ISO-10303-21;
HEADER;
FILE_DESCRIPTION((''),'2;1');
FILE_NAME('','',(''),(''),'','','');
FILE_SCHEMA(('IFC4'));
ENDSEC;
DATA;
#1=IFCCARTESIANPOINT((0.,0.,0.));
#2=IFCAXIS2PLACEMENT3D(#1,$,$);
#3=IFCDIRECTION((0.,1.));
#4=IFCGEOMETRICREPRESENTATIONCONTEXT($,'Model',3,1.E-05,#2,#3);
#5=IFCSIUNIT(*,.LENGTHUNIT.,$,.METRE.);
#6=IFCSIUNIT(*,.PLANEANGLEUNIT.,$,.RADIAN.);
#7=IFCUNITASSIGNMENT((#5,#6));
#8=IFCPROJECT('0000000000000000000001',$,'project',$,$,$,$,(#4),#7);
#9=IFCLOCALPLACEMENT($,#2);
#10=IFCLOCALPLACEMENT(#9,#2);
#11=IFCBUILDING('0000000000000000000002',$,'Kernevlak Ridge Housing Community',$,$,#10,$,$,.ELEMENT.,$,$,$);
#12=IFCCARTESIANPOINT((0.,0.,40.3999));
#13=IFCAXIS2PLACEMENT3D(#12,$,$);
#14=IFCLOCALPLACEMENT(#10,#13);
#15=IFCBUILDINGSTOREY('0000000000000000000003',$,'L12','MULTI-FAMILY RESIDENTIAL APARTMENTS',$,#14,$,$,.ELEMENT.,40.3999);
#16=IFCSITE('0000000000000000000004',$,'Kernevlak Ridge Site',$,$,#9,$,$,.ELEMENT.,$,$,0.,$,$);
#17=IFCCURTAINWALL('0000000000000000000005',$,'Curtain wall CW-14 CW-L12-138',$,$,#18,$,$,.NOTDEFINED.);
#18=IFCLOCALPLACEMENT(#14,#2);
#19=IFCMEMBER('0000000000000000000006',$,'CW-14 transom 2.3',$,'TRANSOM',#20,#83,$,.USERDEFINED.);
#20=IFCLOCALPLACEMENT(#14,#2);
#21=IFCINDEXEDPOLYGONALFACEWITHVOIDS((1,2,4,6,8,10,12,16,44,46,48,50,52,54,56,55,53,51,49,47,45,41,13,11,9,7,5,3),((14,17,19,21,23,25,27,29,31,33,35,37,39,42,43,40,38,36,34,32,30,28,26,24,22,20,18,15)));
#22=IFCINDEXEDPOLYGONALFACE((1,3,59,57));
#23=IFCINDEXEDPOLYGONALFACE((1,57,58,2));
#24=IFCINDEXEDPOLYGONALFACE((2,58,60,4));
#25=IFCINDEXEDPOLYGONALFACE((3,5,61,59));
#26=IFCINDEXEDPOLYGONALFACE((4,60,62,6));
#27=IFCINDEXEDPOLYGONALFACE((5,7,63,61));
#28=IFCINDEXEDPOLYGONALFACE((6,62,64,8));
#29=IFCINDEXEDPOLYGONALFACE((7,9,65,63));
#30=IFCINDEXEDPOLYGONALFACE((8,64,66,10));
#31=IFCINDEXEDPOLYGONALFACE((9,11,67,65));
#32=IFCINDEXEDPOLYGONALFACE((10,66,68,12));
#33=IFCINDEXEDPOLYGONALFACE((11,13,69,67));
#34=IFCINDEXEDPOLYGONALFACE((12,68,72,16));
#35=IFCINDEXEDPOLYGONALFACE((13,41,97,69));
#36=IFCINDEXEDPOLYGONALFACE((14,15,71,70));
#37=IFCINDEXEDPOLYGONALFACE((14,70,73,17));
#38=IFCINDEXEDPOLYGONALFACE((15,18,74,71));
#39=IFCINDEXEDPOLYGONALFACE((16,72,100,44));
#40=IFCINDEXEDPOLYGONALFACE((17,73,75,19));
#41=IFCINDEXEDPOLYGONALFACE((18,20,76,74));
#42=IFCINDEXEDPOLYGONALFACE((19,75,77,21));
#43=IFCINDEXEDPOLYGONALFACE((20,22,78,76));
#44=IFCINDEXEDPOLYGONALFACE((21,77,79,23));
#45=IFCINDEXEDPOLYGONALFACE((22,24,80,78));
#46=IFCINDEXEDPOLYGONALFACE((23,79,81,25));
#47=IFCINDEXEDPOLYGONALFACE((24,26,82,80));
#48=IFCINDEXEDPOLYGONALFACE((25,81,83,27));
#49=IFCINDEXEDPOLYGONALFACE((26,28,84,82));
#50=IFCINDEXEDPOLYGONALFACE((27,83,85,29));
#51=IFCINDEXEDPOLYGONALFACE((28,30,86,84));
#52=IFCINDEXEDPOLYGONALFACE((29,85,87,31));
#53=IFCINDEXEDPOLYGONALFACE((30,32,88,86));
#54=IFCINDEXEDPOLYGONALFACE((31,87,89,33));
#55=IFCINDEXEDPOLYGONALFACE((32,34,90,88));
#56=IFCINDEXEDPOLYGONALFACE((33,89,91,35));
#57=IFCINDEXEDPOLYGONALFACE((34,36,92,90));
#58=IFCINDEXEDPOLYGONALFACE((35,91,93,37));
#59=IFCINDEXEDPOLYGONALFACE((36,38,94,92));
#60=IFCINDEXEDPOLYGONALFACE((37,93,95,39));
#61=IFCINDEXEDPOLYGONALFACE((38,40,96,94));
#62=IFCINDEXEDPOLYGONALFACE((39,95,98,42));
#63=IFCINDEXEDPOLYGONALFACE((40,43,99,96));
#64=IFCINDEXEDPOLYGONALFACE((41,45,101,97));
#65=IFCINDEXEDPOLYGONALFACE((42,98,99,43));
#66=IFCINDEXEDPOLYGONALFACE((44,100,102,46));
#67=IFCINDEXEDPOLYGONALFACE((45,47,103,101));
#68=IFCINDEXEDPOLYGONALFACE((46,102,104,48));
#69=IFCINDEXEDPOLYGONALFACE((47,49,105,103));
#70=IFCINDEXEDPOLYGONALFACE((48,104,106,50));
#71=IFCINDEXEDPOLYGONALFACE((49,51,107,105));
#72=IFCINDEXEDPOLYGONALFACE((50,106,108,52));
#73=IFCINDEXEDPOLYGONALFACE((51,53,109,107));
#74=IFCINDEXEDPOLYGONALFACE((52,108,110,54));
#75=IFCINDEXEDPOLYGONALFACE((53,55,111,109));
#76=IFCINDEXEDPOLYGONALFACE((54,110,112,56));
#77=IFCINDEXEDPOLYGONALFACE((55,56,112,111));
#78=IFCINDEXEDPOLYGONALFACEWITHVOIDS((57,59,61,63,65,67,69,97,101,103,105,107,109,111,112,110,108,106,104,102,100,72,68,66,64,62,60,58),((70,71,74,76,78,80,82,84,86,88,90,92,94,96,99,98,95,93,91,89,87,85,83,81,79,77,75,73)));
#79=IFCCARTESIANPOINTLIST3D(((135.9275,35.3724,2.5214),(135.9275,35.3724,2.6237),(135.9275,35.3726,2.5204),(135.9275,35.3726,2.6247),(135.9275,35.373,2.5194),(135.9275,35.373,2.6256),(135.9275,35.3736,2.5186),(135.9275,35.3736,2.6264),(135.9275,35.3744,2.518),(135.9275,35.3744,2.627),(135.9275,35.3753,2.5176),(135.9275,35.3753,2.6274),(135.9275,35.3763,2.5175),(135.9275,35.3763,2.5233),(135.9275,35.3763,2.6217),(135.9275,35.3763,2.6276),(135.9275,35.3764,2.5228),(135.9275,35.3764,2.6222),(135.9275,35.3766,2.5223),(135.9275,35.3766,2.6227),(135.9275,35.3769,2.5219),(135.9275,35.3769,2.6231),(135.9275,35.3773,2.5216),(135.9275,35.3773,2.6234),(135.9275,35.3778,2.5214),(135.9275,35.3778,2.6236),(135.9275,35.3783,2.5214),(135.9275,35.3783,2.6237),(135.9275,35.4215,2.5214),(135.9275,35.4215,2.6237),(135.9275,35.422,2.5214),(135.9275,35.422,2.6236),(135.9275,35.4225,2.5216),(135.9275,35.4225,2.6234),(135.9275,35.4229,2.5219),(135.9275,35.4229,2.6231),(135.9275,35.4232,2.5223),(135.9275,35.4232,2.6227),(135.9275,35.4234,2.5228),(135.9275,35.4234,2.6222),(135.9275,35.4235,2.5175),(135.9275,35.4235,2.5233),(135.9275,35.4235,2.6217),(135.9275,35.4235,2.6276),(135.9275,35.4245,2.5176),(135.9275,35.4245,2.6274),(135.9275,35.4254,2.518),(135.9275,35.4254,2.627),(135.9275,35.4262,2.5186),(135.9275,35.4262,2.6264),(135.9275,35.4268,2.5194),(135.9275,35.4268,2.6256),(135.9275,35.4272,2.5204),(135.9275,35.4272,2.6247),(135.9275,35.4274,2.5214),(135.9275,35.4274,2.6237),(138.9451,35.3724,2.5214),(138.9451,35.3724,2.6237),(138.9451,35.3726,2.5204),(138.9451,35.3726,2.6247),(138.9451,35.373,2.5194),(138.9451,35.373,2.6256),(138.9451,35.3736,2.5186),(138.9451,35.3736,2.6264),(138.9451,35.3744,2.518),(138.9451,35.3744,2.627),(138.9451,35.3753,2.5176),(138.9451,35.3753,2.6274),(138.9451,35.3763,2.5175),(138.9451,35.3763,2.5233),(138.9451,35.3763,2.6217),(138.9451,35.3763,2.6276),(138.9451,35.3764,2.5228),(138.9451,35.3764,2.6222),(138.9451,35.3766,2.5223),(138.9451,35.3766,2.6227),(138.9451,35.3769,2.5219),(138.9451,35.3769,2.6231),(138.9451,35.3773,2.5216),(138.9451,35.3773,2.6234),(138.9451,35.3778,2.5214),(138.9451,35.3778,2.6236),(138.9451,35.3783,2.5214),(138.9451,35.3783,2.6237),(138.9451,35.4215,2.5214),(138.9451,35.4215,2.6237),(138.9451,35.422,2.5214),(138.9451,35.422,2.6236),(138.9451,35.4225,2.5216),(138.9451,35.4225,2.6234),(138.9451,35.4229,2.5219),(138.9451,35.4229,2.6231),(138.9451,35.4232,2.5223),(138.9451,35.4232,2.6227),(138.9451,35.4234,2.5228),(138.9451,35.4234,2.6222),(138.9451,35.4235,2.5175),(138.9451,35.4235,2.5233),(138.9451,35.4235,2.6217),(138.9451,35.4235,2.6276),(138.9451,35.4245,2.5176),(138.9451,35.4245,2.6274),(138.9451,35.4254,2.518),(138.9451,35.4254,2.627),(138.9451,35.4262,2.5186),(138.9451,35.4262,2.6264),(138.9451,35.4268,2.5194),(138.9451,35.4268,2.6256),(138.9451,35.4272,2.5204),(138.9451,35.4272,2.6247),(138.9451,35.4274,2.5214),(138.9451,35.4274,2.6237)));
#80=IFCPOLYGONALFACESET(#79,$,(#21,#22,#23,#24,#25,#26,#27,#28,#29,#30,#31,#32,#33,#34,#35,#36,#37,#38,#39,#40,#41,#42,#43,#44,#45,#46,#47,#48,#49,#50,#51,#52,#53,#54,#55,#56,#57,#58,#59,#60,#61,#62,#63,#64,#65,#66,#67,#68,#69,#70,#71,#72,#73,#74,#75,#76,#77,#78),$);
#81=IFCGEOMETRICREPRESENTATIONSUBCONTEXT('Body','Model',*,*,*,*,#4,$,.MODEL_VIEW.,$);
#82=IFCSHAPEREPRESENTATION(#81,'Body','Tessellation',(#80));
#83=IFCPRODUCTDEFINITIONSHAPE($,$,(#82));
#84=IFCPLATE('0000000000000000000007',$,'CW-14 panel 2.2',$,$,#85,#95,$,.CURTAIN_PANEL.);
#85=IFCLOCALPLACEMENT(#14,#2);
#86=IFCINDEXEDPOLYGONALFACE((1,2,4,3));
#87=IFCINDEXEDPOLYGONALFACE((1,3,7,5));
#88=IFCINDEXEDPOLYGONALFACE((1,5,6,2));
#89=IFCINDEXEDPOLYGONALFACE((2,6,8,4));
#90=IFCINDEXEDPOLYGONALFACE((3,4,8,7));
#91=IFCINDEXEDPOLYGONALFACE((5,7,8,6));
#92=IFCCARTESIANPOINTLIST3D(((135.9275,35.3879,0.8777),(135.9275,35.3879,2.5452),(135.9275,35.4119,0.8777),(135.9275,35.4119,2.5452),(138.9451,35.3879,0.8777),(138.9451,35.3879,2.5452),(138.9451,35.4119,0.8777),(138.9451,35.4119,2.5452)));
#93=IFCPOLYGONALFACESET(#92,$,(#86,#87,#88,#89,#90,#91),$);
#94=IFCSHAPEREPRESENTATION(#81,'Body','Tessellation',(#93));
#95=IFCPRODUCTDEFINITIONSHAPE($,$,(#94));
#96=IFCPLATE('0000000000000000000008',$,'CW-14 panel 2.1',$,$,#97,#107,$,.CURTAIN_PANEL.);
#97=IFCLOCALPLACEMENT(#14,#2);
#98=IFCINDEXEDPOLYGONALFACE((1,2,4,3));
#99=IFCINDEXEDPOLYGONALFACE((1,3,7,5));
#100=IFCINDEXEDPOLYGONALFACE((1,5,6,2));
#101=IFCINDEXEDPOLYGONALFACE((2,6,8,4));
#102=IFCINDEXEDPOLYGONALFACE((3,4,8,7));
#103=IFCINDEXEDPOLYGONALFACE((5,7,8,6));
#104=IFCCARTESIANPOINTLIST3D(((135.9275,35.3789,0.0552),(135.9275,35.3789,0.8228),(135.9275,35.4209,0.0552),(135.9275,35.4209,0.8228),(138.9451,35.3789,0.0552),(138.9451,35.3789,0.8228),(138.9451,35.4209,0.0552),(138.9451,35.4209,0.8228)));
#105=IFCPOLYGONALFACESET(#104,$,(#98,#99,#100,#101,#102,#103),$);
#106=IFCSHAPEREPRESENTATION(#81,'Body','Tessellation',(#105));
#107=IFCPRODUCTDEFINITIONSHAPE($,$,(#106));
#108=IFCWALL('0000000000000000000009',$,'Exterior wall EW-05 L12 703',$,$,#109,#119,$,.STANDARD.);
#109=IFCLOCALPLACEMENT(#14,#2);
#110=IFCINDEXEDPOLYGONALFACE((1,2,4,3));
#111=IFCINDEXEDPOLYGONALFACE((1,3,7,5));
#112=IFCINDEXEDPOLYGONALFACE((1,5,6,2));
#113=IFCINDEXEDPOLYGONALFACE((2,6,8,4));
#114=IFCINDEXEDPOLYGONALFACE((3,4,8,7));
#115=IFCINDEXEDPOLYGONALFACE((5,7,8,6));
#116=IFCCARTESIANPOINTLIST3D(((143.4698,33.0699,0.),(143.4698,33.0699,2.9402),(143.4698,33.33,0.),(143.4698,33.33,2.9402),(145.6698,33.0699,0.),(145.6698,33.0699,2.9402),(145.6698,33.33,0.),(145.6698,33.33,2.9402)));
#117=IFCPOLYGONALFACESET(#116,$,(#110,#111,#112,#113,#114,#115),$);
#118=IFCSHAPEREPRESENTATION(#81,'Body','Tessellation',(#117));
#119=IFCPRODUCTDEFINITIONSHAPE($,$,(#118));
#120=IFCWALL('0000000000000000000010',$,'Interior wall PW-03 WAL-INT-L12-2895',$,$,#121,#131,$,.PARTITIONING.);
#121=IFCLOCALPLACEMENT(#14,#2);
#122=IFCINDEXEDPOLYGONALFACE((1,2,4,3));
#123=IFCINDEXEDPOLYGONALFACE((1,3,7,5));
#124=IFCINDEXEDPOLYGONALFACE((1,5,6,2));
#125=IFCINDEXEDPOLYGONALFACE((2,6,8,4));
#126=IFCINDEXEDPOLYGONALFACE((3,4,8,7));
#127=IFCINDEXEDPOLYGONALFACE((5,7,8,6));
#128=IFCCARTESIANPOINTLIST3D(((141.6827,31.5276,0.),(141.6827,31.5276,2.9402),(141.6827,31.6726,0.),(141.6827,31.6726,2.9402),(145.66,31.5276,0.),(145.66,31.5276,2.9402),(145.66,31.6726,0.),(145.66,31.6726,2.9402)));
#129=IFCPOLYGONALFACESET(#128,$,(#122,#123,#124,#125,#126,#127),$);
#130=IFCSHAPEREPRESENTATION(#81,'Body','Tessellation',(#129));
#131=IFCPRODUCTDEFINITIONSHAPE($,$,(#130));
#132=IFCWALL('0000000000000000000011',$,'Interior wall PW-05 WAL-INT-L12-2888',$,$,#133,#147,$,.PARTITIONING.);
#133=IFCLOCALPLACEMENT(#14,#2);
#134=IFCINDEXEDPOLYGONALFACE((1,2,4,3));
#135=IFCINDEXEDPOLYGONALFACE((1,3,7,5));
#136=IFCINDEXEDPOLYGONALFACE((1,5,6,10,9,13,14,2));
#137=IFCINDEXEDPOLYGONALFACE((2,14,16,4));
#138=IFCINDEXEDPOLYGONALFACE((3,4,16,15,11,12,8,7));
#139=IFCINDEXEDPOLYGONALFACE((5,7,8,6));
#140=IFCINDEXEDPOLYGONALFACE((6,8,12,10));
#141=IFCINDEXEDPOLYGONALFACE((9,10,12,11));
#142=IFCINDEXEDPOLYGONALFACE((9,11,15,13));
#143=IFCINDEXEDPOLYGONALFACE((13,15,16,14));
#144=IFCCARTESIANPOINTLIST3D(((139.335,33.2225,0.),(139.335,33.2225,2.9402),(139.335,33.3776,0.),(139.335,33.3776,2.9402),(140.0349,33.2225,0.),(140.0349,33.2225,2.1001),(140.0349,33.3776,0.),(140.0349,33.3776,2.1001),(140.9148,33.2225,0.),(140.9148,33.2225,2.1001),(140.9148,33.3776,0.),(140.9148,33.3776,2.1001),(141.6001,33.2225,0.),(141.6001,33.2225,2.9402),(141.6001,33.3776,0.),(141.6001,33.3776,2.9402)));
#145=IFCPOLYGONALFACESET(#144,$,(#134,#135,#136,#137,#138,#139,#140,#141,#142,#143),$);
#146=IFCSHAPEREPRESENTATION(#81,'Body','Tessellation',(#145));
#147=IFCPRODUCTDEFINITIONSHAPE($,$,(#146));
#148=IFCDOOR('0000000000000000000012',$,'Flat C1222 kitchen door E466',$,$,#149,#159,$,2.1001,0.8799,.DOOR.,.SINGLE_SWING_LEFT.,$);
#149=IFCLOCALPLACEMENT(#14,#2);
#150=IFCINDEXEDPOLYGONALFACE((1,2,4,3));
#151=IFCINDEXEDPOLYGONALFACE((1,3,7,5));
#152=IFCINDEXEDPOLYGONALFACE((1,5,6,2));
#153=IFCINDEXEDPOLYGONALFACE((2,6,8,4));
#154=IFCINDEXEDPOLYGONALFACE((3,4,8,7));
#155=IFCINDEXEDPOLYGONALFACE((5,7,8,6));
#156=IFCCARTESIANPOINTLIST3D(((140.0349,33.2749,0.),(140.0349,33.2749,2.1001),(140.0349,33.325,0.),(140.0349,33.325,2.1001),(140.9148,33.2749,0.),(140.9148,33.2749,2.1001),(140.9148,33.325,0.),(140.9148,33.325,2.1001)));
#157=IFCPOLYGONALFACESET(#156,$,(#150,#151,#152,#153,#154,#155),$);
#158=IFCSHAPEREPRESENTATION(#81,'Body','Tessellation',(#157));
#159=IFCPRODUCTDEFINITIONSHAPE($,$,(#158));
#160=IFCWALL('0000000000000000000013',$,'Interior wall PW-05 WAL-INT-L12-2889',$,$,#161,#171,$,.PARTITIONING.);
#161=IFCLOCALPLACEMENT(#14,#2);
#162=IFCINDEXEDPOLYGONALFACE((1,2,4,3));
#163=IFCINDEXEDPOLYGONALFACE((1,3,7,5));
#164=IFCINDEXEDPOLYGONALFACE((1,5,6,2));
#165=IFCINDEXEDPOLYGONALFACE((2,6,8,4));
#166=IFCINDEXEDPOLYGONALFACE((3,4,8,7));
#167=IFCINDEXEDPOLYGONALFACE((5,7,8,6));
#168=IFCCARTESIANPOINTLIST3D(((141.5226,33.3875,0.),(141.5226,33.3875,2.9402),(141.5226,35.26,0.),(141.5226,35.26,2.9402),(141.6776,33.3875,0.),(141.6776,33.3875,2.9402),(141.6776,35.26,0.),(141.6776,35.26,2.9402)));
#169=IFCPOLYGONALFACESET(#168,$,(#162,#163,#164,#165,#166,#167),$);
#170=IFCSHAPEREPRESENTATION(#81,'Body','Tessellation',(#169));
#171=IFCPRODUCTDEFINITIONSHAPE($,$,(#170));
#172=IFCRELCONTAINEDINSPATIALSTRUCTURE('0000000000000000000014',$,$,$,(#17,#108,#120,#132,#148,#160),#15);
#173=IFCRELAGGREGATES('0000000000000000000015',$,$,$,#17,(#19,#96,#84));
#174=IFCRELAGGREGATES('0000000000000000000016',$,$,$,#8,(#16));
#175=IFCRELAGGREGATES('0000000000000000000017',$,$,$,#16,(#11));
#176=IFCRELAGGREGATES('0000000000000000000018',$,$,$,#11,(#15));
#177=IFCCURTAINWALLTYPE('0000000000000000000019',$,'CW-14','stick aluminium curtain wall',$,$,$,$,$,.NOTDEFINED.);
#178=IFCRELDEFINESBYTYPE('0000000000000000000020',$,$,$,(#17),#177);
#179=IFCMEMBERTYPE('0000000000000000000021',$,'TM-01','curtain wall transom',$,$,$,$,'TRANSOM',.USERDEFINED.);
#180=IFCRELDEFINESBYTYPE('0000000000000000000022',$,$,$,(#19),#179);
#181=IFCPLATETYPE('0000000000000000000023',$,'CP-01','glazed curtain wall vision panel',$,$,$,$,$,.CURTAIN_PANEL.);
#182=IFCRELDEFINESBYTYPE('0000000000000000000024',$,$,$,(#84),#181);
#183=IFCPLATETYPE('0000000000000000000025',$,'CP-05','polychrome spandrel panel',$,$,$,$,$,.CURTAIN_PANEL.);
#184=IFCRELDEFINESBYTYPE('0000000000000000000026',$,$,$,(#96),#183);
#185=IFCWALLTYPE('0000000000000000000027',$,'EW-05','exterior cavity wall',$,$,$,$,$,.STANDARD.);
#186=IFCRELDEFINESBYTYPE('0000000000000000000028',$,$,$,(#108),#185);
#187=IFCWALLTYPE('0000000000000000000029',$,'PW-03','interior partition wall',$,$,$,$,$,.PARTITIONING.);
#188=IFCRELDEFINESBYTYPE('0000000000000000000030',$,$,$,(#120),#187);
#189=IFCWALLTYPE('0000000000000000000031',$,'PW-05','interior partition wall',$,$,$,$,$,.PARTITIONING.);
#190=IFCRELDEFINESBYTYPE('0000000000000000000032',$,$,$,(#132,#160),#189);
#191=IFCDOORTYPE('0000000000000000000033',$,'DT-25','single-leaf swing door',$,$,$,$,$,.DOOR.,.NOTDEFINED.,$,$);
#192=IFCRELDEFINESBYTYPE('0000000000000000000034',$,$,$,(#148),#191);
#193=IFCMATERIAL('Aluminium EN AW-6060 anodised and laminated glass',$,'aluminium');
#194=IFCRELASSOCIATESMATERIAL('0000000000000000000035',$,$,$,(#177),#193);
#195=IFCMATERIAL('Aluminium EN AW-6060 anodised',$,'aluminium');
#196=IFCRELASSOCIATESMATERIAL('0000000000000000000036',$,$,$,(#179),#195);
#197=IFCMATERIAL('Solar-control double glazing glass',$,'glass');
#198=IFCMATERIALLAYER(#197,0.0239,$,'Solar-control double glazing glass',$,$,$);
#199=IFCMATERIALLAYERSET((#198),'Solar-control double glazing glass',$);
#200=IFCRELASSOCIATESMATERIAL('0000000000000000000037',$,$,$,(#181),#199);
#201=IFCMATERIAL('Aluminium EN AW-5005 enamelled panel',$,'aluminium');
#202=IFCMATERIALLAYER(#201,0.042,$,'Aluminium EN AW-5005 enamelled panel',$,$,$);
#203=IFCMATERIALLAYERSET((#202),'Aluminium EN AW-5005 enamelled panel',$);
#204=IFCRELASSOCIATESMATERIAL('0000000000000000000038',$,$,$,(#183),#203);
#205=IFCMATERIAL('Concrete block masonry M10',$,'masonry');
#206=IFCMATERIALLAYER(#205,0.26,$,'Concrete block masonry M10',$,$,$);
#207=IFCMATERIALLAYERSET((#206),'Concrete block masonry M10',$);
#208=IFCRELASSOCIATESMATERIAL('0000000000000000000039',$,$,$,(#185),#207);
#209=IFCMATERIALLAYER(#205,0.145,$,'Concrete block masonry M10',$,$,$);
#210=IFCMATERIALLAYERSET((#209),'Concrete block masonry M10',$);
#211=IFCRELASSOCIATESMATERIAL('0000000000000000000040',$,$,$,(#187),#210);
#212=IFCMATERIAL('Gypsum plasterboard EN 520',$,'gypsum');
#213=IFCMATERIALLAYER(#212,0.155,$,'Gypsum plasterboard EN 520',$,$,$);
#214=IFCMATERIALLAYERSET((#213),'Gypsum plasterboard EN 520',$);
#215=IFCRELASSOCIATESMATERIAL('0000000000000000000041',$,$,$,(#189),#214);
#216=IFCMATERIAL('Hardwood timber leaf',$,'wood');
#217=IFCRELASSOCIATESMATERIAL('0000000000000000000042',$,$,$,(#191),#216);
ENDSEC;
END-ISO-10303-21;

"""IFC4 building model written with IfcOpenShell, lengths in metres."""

from ifc_helpers import new_model, si_unit, direction, frame, frame_2d, origin, origin_2d, place, context, subcontext, project, spatial, rectangle, hollow_rectangle, extrude, material, layer, layer_set, material_profile, profile_set, type_object, element, fill, aggregate, save


model = new_model("IFC4")

# Units and contexts
model_context = context("Model", 3, precision=1e-05, world=origin(), true_north=direction((0.0, 1.0)))
body_context = subcontext(model_context, "Body", "Model", "MODEL_VIEW")
ifc_project = project(units=[si_unit("LENGTHUNIT", "METRE"), si_unit("PLANEANGLEUNIT", "RADIAN")], contexts=[model_context])

# Site, building, storey
site_placement = place(None, origin())
site = spatial("IfcSite", under=ifc_project, at=site_placement, Name="Kernevlak Ridge Site", CompositionType="ELEMENT", RefElevation=0.0)
building_placement = place(site_placement, origin())
building = spatial("IfcBuilding", under=site, at=building_placement, Name="Kernevlak Ridge Housing Community", CompositionType="ELEMENT")
storey_placement = place(building_placement, frame((0.0, 0.0, 40.3999)))
storey = spatial("IfcBuildingStorey", under=building, at=storey_placement, Name="L12", Description="MULTI-FAMILY RESIDENTIAL APARTMENTS", CompositionType="ELEMENT", Elevation=40.3999)

# Curtain wall
ifc_material_1 = material(Name="Aluminium EN AW-6060 anodised and laminated glass", Category="aluminium")
curtain_wall_type = type_object("IfcCurtainWallType", Name="CW-14", Description="stick aluminium curtain wall", PredefinedType="NOTDEFINED", material=ifc_material_1)
curtain_wall_placement = place(storey_placement, origin())
curtain_wall = element("IfcCurtainWall", 1, at=curtain_wall_placement, inside=storey, type_object=curtain_wall_type, Name="Curtain wall CW-14 CW-L12-138", PredefinedType="NOTDEFINED")
ifc_material_2 = material(Name="Aluminium EN AW-6060 anodised", Category="aluminium")

# Member
ifc_material_profile_1 = material_profile(ifc_material_2, hollow_rectangle(XDim=0.0549, YDim=0.1101, WallThickness=0.0039, InnerFilletRadius=0.002, OuterFilletRadius=0.0039, at=origin_2d()), Name="ALU 55x110x4")
ifc_profile_set_1 = profile_set([ifc_material_profile_1], Name="Aluminium EN AW-6060 anodised")
member_type_1 = type_object("IfcMemberType", Name="TM-01", Description="curtain wall transom", ElementType="TRANSOM", PredefinedType="USERDEFINED", material=ifc_profile_set_1)
member_1_placement = place(storey_placement, frame((135.9275, 35.3999, 2.5725), z_axis=(1.0, 0.0, 0.0), x_axis=(0.0, 1.0, 0.0)))
member_1 = element("IfcMember", 2, at=member_1_placement, type_object=member_type_1, Name="CW-14 transom 2.3", ObjectType="TRANSOM", PredefinedType="USERDEFINED", context=body_context, shape_type="SweptSolid", body=[
    extrude(hollow_rectangle(XDim=0.0549, YDim=0.1101, WallThickness=0.0039, InnerFilletRadius=0.002, OuterFilletRadius=0.0039, at=origin_2d()), origin(), (0.0, 0.0, 1.0), 3.0176),
])

# Plates
ifc_material_3 = material(Name="Solar-control double glazing glass", Category="glass")
ifc_layer_1 = layer(ifc_material_3, 0.0239, Name="Solar-control double glazing glass")
ifc_layer_set_1 = layer_set([ifc_layer_1], Name="Solar-control double glazing glass")
plate_type_1 = type_object("IfcPlateType", Name="CP-01", Description="glazed curtain wall vision panel", PredefinedType="CURTAIN_PANEL", material=ifc_layer_set_1)
plate_1_placement = place(storey_placement, frame((137.4363, 35.3999, 0.8777), z_axis=(0.0, 0.0, 1.0), x_axis=(1.0, 0.0, 0.0)))
plate_1 = element("IfcPlate", 3, at=plate_1_placement, type_object=plate_type_1, Name="CW-14 panel 2.2", PredefinedType="CURTAIN_PANEL", context=body_context, shape_type="SweptSolid", body=[
    extrude(rectangle(XDim=3.0176, YDim=0.0239, at=origin_2d()), origin(), (0.0, 0.0, 1.0), 1.6675),
])
ifc_material_4 = material(Name="Aluminium EN AW-5005 enamelled panel", Category="aluminium")
ifc_layer_2 = layer(ifc_material_4, 0.042, Name="Aluminium EN AW-5005 enamelled panel")
ifc_layer_set_2 = layer_set([ifc_layer_2], Name="Aluminium EN AW-5005 enamelled panel")
plate_type_2 = type_object("IfcPlateType", Name="CP-05", Description="polychrome spandrel panel", PredefinedType="CURTAIN_PANEL", material=ifc_layer_set_2)
plate_2_placement = place(storey_placement, frame((137.4363, 35.3999, 0.0552), z_axis=(0.0, 0.0, 1.0), x_axis=(1.0, 0.0, 0.0)))
plate_2 = element("IfcPlate", 4, at=plate_2_placement, type_object=plate_type_2, Name="CW-14 panel 2.1", PredefinedType="CURTAIN_PANEL", context=body_context, shape_type="SweptSolid", body=[
    extrude(rectangle(XDim=3.0176, YDim=0.042, at=origin_2d()), origin(), (0.0, 0.0, 1.0), 0.7676),
])
aggregate(curtain_wall, [member_1, plate_2, plate_1])

# Wall
ifc_material_5 = material(Name="Concrete block masonry M10", Category="masonry")
ifc_layer_3 = layer(ifc_material_5, 0.26, Name="Concrete block masonry M10")
ifc_layer_set_3 = layer_set([ifc_layer_3], Name="Concrete block masonry M10")
wall_type_1 = type_object("IfcWallType", Name="EW-05", Description="exterior cavity wall", PredefinedType="STANDARD", material=ifc_layer_set_3)
wall_1_placement = place(storey_placement, frame((145.6699, 33.2, 0.0), z_axis=(0.0, 0.0, 1.0), x_axis=(-1.0, 0.0, 0.0)))
element("IfcWall", 5, at=wall_1_placement, inside=storey, type_object=wall_type_1, Name="Exterior wall EW-05 L12 703", PredefinedType="STANDARD", context=body_context, shape_type="SweptSolid", body=[
    extrude(rectangle(XDim=2.2, YDim=0.26, at=frame_2d((1.1001, 0.0))), origin(), (0.0, 0.0, 1.0), 2.9402),
])

# Wall
ifc_layer_4 = layer(ifc_material_5, 0.145, Name="Concrete block masonry M10")
ifc_layer_set_4 = layer_set([ifc_layer_4], Name="Concrete block masonry M10")
wall_type_2 = type_object("IfcWallType", Name="PW-03", Description="interior partition wall", PredefinedType="PARTITIONING", material=ifc_layer_set_4)
wall_2_placement = place(storey_placement, frame((141.6826, 31.6001, 0.0), z_axis=(0.0, 0.0, 1.0), x_axis=(1.0, 0.0, 0.0)))
element("IfcWall", 6, at=wall_2_placement, inside=storey, type_object=wall_type_2, Name="Interior wall PW-03 WAL-INT-L12-2895", PredefinedType="PARTITIONING", context=body_context, shape_type="SweptSolid", body=[
    extrude(rectangle(XDim=3.9773, YDim=0.145, at=frame_2d((1.9888, 0.0))), origin(), (0.0, 0.0, 1.0), 2.9402),
])

# Wall, opening, door
ifc_material_6 = material(Name="Gypsum plasterboard EN 520", Category="gypsum")
ifc_layer_5 = layer(ifc_material_6, 0.155, Name="Gypsum plasterboard EN 520")
ifc_layer_set_5 = layer_set([ifc_layer_5], Name="Gypsum plasterboard EN 520")
wall_type_3 = type_object("IfcWallType", Name="PW-05", Description="interior partition wall", PredefinedType="PARTITIONING", material=ifc_layer_set_5)
wall_3_placement = place(storey_placement, frame((139.335, 33.3, 0.0), z_axis=(0.0, 0.0, 1.0), x_axis=(1.0, 0.0, 0.0)))
wall_3 = element("IfcWall", 7, at=wall_3_placement, inside=storey, type_object=wall_type_3, Name="Interior wall PW-05 WAL-INT-L12-2888", PredefinedType="PARTITIONING", context=body_context, shape_type="SweptSolid", body=[
    extrude(rectangle(XDim=2.2651, YDim=0.155, at=frame_2d((1.1326, 0.0))), origin(), (0.0, 0.0, 1.0), 2.9402),
])
opening_1_placement = place(wall_3_placement, frame((0.7, 0.0, 0.0)))
opening_1 = element("IfcOpeningElement", 8, at=opening_1_placement, cuts=wall_3, PredefinedType="OPENING", context=body_context, shape_type="SweptSolid", body=[
    extrude(rectangle(XDim=0.8799, YDim=2.1001, at=frame_2d((0.4399, 1.05))), frame((0.0, 0.0874, 0.0), z_axis=(0.0, -1.0, 0.0), x_axis=(1.0, 0.0, 0.0)), (0.0, 0.0, 1.0), 0.175),
])
ifc_material_7 = material(Name="Hardwood timber leaf", Category="wood")
door_type_1 = type_object("IfcDoorType", Name="DT-25", Description="single-leaf swing door", OperationType="NOTDEFINED", PredefinedType="DOOR", material=ifc_material_7)
door_1_placement = place(opening_1_placement, origin())
door_1 = element("IfcDoor", 9, at=door_1_placement, inside=storey, type_object=door_type_1, Name="Flat C1222 kitchen door E466", OperationType="SINGLE_SWING_LEFT", OverallHeight=2.1001, OverallWidth=0.8799, PredefinedType="DOOR", context=body_context, shape_type="SweptSolid", body=[
    extrude(rectangle(XDim=0.8799, YDim=2.1001, at=frame_2d((0.4399, 1.05))), frame((0.0, 0.0249, 0.0), z_axis=(0.0, -1.0, 0.0), x_axis=(1.0, 0.0, 0.0)), (0.0, 0.0, 1.0), 0.05),
])
fill(opening_1, door_1)

# Wall
wall_4_placement = place(storey_placement, frame((141.6001, 33.3875, 0.0), z_axis=(0.0, 0.0, 1.0), x_axis=(0.0, 1.0, 0.0)))
element("IfcWall", 10, at=wall_4_placement, inside=storey, type_object=wall_type_3, Name="Interior wall PW-05 WAL-INT-L12-2889", PredefinedType="PARTITIONING", context=body_context, shape_type="SweptSolid", body=[
    extrude(rectangle(XDim=1.8726, YDim=0.155, at=frame_2d((0.9363, 0.0))), origin(), (0.0, 0.0, 1.0), 2.9402),
])

save(model, "model.ifc")
